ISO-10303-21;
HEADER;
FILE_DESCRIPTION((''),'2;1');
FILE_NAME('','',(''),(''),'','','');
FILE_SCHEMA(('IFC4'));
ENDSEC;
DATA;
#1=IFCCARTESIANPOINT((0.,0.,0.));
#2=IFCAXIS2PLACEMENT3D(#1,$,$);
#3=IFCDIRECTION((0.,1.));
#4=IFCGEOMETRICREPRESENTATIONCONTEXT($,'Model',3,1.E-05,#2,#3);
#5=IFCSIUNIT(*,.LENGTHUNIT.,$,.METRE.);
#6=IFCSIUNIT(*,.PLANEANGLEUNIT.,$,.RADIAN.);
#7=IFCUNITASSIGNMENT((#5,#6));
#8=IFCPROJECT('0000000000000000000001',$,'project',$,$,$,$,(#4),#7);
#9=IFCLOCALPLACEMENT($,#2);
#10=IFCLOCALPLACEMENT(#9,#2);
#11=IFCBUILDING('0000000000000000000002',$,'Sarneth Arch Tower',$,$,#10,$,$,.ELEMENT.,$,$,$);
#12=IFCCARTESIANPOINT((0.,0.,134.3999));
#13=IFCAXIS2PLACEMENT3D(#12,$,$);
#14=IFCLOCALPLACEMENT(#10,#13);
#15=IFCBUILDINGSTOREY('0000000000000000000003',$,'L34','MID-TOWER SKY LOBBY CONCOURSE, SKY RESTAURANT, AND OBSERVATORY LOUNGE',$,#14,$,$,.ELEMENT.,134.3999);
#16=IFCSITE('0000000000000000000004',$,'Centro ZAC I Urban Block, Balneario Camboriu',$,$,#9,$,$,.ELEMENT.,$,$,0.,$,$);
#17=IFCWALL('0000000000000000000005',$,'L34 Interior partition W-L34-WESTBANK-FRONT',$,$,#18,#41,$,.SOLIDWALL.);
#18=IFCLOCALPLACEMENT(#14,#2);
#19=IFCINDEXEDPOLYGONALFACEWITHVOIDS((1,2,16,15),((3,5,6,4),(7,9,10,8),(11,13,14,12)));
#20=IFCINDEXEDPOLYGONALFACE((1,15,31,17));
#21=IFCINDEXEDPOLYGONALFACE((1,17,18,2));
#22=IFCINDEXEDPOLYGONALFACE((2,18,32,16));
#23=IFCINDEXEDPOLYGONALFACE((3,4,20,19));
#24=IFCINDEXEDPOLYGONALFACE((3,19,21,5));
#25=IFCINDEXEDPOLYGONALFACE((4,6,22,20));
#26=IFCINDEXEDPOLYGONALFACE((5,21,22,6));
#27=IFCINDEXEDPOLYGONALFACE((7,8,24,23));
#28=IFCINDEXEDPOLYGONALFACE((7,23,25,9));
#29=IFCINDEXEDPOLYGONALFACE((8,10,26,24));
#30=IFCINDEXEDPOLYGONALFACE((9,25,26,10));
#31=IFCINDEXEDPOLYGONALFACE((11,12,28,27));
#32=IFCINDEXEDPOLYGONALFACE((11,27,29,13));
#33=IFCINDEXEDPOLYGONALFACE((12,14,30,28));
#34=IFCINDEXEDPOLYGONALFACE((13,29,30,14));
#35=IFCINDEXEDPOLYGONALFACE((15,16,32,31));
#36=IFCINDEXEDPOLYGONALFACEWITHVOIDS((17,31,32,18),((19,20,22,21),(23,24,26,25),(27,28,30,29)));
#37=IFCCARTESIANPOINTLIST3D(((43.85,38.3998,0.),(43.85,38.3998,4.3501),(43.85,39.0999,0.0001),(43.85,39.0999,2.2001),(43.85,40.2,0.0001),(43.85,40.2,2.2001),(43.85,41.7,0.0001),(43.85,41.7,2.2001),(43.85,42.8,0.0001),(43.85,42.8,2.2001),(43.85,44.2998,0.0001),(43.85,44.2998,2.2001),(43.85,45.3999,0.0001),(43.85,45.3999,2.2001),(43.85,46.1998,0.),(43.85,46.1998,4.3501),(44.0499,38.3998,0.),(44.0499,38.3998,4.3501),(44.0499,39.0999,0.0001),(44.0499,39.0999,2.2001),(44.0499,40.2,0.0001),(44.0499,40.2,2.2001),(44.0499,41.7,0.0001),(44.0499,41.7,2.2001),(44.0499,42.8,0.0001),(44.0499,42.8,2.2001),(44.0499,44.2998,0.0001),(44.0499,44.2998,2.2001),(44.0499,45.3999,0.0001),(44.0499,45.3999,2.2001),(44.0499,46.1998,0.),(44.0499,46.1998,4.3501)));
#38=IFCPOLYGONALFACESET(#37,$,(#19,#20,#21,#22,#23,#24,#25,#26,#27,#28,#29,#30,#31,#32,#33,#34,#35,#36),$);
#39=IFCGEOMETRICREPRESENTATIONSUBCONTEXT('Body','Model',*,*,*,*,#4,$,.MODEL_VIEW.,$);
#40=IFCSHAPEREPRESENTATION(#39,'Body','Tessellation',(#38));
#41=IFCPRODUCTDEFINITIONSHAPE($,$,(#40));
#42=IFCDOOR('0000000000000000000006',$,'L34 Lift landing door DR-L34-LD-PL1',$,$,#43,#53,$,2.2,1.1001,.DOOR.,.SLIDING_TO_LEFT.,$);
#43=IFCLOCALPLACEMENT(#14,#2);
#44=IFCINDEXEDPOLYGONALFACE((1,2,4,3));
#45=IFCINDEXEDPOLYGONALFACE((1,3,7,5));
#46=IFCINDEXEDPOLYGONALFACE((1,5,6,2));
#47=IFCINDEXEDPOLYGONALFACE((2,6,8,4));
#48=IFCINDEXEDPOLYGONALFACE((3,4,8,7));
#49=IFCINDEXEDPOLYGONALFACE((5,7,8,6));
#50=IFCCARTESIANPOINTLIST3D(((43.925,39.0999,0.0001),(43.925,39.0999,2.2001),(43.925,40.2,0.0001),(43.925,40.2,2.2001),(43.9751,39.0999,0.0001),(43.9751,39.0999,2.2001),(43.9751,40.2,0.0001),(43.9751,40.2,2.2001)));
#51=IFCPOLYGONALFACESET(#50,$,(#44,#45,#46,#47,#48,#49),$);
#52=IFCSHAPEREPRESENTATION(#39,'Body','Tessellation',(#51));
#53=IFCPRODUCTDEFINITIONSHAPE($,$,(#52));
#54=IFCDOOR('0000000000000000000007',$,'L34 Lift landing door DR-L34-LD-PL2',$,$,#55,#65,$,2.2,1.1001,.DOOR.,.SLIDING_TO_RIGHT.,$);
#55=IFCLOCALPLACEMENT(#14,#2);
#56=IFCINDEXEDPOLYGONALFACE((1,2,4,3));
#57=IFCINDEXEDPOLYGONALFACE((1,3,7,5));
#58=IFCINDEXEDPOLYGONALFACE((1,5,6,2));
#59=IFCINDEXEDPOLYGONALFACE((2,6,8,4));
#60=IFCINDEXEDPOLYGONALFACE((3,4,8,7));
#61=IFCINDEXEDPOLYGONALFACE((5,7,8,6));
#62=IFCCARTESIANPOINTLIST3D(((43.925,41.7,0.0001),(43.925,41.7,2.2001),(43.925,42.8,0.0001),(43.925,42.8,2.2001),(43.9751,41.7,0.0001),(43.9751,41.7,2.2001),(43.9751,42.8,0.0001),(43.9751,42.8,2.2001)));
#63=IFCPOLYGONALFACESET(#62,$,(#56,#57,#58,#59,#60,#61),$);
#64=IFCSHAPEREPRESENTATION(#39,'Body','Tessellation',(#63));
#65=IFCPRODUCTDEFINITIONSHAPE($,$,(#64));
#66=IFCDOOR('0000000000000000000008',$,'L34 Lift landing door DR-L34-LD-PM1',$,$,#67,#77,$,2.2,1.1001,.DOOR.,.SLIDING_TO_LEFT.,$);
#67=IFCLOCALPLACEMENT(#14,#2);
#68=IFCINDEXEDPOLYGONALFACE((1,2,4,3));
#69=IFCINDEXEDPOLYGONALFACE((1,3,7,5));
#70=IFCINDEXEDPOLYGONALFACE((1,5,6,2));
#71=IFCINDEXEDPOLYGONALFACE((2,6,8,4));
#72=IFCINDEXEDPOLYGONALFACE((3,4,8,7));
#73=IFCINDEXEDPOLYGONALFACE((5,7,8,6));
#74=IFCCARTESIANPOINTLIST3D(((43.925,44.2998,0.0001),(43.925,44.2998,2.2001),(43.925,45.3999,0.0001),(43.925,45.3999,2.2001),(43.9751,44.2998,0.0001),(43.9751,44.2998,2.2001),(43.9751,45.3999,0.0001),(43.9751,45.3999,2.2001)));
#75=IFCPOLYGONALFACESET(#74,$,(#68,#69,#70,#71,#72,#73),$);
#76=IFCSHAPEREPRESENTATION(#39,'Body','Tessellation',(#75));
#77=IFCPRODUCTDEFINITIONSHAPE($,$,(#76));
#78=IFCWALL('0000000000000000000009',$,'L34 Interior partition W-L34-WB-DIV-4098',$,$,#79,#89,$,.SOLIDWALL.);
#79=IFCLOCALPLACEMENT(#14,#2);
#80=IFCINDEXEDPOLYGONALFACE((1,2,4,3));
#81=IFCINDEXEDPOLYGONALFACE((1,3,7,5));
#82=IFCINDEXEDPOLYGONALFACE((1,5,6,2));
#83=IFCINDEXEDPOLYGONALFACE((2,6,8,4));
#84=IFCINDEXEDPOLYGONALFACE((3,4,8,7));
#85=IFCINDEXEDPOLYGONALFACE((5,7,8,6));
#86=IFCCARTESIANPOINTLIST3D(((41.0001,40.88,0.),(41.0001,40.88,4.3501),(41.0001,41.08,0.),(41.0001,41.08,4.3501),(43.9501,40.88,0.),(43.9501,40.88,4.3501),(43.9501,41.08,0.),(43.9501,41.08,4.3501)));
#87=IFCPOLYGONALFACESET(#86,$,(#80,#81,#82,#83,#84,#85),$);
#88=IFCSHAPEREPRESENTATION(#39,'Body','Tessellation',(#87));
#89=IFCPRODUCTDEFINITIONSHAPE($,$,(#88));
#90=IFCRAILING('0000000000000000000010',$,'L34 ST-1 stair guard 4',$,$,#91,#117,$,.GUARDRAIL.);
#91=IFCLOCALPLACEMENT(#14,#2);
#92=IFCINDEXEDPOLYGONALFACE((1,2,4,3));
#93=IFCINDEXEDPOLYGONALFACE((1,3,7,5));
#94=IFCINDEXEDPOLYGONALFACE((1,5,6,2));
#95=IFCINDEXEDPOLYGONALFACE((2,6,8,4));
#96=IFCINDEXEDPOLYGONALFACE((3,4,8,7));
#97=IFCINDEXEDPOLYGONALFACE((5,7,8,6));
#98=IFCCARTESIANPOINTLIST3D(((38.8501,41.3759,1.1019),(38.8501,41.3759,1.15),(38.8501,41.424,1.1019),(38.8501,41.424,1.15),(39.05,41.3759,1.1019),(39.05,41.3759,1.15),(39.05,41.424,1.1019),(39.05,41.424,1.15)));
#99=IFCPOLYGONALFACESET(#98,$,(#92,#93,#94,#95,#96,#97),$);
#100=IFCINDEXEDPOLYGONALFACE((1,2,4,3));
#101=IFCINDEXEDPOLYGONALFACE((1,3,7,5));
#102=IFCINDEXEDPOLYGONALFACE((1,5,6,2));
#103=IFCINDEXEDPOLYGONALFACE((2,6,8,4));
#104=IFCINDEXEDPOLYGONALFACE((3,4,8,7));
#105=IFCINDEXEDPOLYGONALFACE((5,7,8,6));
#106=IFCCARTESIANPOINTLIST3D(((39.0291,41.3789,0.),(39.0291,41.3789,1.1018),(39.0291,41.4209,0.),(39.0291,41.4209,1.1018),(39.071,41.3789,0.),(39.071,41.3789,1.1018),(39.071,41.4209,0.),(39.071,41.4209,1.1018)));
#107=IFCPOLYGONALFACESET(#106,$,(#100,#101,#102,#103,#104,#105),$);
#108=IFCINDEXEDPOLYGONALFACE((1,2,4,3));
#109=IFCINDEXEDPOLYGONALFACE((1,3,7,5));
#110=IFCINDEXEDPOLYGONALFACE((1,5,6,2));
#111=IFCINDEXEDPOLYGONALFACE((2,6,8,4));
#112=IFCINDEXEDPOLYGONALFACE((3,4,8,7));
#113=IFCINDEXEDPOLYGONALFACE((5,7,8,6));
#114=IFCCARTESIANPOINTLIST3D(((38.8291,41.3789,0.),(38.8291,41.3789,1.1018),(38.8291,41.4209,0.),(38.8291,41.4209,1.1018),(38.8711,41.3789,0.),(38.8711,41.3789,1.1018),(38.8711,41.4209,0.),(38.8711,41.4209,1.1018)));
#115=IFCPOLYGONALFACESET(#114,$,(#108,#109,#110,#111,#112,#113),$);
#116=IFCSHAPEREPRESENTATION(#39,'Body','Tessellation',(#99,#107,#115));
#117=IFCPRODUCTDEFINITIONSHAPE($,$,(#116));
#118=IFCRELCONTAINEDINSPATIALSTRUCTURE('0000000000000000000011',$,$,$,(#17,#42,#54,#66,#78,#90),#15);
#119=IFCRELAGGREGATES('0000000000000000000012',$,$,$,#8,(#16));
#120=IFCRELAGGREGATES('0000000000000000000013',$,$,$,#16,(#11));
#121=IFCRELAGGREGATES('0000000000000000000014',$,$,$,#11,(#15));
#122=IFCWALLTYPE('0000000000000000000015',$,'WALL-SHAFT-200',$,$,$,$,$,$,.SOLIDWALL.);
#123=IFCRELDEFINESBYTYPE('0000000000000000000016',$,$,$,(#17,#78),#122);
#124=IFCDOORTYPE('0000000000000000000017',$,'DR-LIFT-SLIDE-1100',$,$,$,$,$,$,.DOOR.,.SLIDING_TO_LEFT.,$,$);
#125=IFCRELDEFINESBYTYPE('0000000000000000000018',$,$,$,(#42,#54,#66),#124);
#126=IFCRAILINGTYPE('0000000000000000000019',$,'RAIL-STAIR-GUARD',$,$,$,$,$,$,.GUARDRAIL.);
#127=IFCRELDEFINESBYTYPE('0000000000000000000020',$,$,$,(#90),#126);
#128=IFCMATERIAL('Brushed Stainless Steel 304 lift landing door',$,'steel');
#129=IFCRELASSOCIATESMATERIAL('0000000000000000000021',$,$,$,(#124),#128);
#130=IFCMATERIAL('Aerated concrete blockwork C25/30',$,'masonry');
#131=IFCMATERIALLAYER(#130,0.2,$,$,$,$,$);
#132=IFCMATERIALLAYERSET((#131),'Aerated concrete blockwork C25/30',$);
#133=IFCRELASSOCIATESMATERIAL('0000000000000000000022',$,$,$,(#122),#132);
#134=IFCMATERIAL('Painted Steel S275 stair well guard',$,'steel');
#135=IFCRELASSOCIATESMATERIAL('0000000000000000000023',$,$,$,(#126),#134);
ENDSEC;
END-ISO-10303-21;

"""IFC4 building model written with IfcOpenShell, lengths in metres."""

from ifc_helpers import new_model, si_unit, direction, frame, frame_2d, origin, origin_2d, place, context, subcontext, project, spatial, rectangle, extrude, material, layer, layer_set, type_object, element, fill, save


model = new_model("IFC4")

# Units and contexts
model_context = context("Model", 3, precision=1e-05, world=origin(), true_north=direction((0.0, 1.0)))
body_context = subcontext(model_context, "Body", "Model", "MODEL_VIEW")
ifc_project = project(units=[si_unit("LENGTHUNIT", "METRE"), si_unit("PLANEANGLEUNIT", "RADIAN")], contexts=[model_context])

# Site, building, storey
site_placement = place(None, origin())
site = spatial("IfcSite", under=ifc_project, at=site_placement, Name="Centro ZAC I Urban Block, Balneario Camboriu", CompositionType="ELEMENT", RefElevation=0.0)
building_placement = place(site_placement, origin())
building = spatial("IfcBuilding", under=site, at=building_placement, Name="Sarneth Arch Tower", CompositionType="ELEMENT")
storey_placement = place(building_placement, frame((0.0, 0.0, 134.3999)))
storey = spatial("IfcBuildingStorey", under=building, at=storey_placement, Name="L34", Description="MID-TOWER SKY LOBBY CONCOURSE, SKY RESTAURANT, AND OBSERVATORY LOUNGE", CompositionType="ELEMENT", Elevation=134.3999)

# Shared definitions
ifc_material_1 = material(Name="Brushed Stainless Steel 304 lift landing door", Category="steel")
door_type_1 = type_object("IfcDoorType", Name="DR-LIFT-SLIDE-1100", OperationType="SLIDING_TO_LEFT", PredefinedType="DOOR", material=ifc_material_1)

# Shared definitions
ifc_material_2 = material(Name="Aerated concrete blockwork C25/30", Category="masonry")
ifc_layer_1 = layer(ifc_material_2, 0.2)
ifc_layer_set_1 = layer_set([ifc_layer_1], Name="Aerated concrete blockwork C25/30")
wall_type_1 = type_object("IfcWallType", Name="WALL-SHAFT-200", PredefinedType="SOLIDWALL", material=ifc_layer_set_1)

# Wall, openings, doors
wall_1_placement = place(storey_placement, frame((43.95, 38.3999, 0.0), z_axis=(0.0, 0.0, 1.0), x_axis=(0.0, 1.0, 0.0)))
wall_1 = element("IfcWall", 1, at=wall_1_placement, inside=storey, type_object=wall_type_1, Name="L34 Interior partition W-L34-WESTBANK-FRONT", PredefinedType="SOLIDWALL", context=body_context, shape_type="SweptSolid", body=[
    extrude(rectangle(XDim=7.8, YDim=0.2, at=frame_2d((3.8999, 0.0))), origin(), (0.0, 0.0, 1.0), 4.3501),
])
opening_1_placement = place(wall_1_placement, frame((0.7, 0.0, 0.0)))
opening_1 = element("IfcOpeningElement", 2, at=opening_1_placement, cuts=wall_1, PredefinedType="OPENING", context=body_context, shape_type="SweptSolid", body=[
    extrude(rectangle(XDim=1.1001, YDim=2.2, at=frame_2d((0.55, 1.1001))), frame((0.0, 0.1099, 0.0), z_axis=(0.0, -1.0, 0.0), x_axis=(1.0, 0.0, 0.0)), (0.0, 0.0, 1.0), 0.22),
])
opening_2_placement = place(wall_1_placement, frame((3.3, 0.0, 0.0)))
opening_2 = element("IfcOpeningElement", 3, at=opening_2_placement, cuts=wall_1, PredefinedType="OPENING", context=body_context, shape_type="SweptSolid", body=[
    extrude(rectangle(XDim=1.1001, YDim=2.2, at=frame_2d((0.55, 1.1001))), frame((0.0, 0.1099, 0.0), z_axis=(0.0, -1.0, 0.0), x_axis=(1.0, 0.0, 0.0)), (0.0, 0.0, 1.0), 0.22),
])
opening_3_placement = place(wall_1_placement, frame((5.8999, 0.0, 0.0)))
opening_3 = element("IfcOpeningElement", 4, at=opening_3_placement, cuts=wall_1, PredefinedType="OPENING", context=body_context, shape_type="SweptSolid", body=[
    extrude(rectangle(XDim=1.1001, YDim=2.2, at=frame_2d((0.55, 1.1001))), frame((0.0, 0.1099, 0.0), z_axis=(0.0, -1.0, 0.0), x_axis=(1.0, 0.0, 0.0)), (0.0, 0.0, 1.0), 0.22),
])
door_1_placement = place(opening_1_placement, origin())
door_1 = element("IfcDoor", 5, at=door_1_placement, inside=storey, type_object=door_type_1, Name="L34 Lift landing door DR-L34-LD-PL1", OperationType="SLIDING_TO_LEFT", OverallHeight=2.2, OverallWidth=1.1001, PredefinedType="DOOR", context=body_context, shape_type="SweptSolid", body=[
    extrude(rectangle(XDim=1.1001, YDim=2.2, at=frame_2d((0.55, 1.1001))), frame((0.0, 0.0249, 0.0), z_axis=(0.0, -1.0, 0.0), x_axis=(1.0, 0.0, 0.0)), (0.0, 0.0, 1.0), 0.05),
])
fill(opening_1, door_1)
door_2_placement = place(opening_2_placement, origin())
door_2 = element("IfcDoor", 6, at=door_2_placement, inside=storey, type_object=door_type_1, Name="L34 Lift landing door DR-L34-LD-PL2", OperationType="SLIDING_TO_RIGHT", OverallHeight=2.2, OverallWidth=1.1001, PredefinedType="DOOR", context=body_context, shape_type="SweptSolid", body=[
    extrude(rectangle(XDim=1.1001, YDim=2.2, at=frame_2d((0.55, 1.1001))), frame((0.0, 0.0249, 0.0), z_axis=(0.0, -1.0, 0.0), x_axis=(1.0, 0.0, 0.0)), (0.0, 0.0, 1.0), 0.05),
])
fill(opening_2, door_2)
door_3_placement = place(opening_3_placement, origin())
door_3 = element("IfcDoor", 7, at=door_3_placement, inside=storey, type_object=door_type_1, Name="L34 Lift landing door DR-L34-LD-PM1", OperationType="SLIDING_TO_LEFT", OverallHeight=2.2, OverallWidth=1.1001, PredefinedType="DOOR", context=body_context, shape_type="SweptSolid", body=[
    extrude(rectangle(XDim=1.1001, YDim=2.2, at=frame_2d((0.55, 1.1001))), frame((0.0, 0.0249, 0.0), z_axis=(0.0, -1.0, 0.0), x_axis=(1.0, 0.0, 0.0)), (0.0, 0.0, 1.0), 0.05),
])
fill(opening_3, door_3)

# Wall
wall_2_placement = place(storey_placement, frame((41.0, 40.98, 0.0), z_axis=(0.0, 0.0, 1.0), x_axis=(1.0, 0.0, 0.0)))
element("IfcWall", 8, at=wall_2_placement, inside=storey, type_object=wall_type_1, Name="L34 Interior partition W-L34-WB-DIV-4098", PredefinedType="SOLIDWALL", context=body_context, shape_type="SweptSolid", body=[
    extrude(rectangle(XDim=2.95, YDim=0.2, at=frame_2d((1.4751, 0.0))), origin(), (0.0, 0.0, 1.0), 4.3501),
])

# Railing
ifc_material_3 = material(Name="Painted Steel S275 stair well guard", Category="steel")
railing_type = type_object("IfcRailingType", Name="RAIL-STAIR-GUARD", PredefinedType="GUARDRAIL", material=ifc_material_3)
railing_placement = place(storey_placement, frame((39.05, 41.3999, 0.0)))
element("IfcRailing", 9, at=railing_placement, inside=storey, type_object=railing_type, Name="L34 ST-1 stair guard 4", PredefinedType="GUARDRAIL", context=body_context, shape_type="SweptSolid", body=[
    extrude(rectangle(XDim=0.0481, YDim=0.0481, at=origin_2d()), frame((0.0, 0.0, 1.126), z_axis=(-1.0, 0.0, 0.0), x_axis=(0.0, -1.0, 0.0)), (0.0, 0.0, 1.0), 0.2),
    extrude(rectangle(XDim=0.042, YDim=0.042, at=origin_2d()), origin(), (0.0, 0.0, 1.0), 1.1018),
    extrude(rectangle(XDim=0.042, YDim=0.042, at=origin_2d()), frame((-0.2, 0.0, 0.0)), (0.0, 0.0, 1.0), 1.1018),
])

save(model, "model.ifc")
